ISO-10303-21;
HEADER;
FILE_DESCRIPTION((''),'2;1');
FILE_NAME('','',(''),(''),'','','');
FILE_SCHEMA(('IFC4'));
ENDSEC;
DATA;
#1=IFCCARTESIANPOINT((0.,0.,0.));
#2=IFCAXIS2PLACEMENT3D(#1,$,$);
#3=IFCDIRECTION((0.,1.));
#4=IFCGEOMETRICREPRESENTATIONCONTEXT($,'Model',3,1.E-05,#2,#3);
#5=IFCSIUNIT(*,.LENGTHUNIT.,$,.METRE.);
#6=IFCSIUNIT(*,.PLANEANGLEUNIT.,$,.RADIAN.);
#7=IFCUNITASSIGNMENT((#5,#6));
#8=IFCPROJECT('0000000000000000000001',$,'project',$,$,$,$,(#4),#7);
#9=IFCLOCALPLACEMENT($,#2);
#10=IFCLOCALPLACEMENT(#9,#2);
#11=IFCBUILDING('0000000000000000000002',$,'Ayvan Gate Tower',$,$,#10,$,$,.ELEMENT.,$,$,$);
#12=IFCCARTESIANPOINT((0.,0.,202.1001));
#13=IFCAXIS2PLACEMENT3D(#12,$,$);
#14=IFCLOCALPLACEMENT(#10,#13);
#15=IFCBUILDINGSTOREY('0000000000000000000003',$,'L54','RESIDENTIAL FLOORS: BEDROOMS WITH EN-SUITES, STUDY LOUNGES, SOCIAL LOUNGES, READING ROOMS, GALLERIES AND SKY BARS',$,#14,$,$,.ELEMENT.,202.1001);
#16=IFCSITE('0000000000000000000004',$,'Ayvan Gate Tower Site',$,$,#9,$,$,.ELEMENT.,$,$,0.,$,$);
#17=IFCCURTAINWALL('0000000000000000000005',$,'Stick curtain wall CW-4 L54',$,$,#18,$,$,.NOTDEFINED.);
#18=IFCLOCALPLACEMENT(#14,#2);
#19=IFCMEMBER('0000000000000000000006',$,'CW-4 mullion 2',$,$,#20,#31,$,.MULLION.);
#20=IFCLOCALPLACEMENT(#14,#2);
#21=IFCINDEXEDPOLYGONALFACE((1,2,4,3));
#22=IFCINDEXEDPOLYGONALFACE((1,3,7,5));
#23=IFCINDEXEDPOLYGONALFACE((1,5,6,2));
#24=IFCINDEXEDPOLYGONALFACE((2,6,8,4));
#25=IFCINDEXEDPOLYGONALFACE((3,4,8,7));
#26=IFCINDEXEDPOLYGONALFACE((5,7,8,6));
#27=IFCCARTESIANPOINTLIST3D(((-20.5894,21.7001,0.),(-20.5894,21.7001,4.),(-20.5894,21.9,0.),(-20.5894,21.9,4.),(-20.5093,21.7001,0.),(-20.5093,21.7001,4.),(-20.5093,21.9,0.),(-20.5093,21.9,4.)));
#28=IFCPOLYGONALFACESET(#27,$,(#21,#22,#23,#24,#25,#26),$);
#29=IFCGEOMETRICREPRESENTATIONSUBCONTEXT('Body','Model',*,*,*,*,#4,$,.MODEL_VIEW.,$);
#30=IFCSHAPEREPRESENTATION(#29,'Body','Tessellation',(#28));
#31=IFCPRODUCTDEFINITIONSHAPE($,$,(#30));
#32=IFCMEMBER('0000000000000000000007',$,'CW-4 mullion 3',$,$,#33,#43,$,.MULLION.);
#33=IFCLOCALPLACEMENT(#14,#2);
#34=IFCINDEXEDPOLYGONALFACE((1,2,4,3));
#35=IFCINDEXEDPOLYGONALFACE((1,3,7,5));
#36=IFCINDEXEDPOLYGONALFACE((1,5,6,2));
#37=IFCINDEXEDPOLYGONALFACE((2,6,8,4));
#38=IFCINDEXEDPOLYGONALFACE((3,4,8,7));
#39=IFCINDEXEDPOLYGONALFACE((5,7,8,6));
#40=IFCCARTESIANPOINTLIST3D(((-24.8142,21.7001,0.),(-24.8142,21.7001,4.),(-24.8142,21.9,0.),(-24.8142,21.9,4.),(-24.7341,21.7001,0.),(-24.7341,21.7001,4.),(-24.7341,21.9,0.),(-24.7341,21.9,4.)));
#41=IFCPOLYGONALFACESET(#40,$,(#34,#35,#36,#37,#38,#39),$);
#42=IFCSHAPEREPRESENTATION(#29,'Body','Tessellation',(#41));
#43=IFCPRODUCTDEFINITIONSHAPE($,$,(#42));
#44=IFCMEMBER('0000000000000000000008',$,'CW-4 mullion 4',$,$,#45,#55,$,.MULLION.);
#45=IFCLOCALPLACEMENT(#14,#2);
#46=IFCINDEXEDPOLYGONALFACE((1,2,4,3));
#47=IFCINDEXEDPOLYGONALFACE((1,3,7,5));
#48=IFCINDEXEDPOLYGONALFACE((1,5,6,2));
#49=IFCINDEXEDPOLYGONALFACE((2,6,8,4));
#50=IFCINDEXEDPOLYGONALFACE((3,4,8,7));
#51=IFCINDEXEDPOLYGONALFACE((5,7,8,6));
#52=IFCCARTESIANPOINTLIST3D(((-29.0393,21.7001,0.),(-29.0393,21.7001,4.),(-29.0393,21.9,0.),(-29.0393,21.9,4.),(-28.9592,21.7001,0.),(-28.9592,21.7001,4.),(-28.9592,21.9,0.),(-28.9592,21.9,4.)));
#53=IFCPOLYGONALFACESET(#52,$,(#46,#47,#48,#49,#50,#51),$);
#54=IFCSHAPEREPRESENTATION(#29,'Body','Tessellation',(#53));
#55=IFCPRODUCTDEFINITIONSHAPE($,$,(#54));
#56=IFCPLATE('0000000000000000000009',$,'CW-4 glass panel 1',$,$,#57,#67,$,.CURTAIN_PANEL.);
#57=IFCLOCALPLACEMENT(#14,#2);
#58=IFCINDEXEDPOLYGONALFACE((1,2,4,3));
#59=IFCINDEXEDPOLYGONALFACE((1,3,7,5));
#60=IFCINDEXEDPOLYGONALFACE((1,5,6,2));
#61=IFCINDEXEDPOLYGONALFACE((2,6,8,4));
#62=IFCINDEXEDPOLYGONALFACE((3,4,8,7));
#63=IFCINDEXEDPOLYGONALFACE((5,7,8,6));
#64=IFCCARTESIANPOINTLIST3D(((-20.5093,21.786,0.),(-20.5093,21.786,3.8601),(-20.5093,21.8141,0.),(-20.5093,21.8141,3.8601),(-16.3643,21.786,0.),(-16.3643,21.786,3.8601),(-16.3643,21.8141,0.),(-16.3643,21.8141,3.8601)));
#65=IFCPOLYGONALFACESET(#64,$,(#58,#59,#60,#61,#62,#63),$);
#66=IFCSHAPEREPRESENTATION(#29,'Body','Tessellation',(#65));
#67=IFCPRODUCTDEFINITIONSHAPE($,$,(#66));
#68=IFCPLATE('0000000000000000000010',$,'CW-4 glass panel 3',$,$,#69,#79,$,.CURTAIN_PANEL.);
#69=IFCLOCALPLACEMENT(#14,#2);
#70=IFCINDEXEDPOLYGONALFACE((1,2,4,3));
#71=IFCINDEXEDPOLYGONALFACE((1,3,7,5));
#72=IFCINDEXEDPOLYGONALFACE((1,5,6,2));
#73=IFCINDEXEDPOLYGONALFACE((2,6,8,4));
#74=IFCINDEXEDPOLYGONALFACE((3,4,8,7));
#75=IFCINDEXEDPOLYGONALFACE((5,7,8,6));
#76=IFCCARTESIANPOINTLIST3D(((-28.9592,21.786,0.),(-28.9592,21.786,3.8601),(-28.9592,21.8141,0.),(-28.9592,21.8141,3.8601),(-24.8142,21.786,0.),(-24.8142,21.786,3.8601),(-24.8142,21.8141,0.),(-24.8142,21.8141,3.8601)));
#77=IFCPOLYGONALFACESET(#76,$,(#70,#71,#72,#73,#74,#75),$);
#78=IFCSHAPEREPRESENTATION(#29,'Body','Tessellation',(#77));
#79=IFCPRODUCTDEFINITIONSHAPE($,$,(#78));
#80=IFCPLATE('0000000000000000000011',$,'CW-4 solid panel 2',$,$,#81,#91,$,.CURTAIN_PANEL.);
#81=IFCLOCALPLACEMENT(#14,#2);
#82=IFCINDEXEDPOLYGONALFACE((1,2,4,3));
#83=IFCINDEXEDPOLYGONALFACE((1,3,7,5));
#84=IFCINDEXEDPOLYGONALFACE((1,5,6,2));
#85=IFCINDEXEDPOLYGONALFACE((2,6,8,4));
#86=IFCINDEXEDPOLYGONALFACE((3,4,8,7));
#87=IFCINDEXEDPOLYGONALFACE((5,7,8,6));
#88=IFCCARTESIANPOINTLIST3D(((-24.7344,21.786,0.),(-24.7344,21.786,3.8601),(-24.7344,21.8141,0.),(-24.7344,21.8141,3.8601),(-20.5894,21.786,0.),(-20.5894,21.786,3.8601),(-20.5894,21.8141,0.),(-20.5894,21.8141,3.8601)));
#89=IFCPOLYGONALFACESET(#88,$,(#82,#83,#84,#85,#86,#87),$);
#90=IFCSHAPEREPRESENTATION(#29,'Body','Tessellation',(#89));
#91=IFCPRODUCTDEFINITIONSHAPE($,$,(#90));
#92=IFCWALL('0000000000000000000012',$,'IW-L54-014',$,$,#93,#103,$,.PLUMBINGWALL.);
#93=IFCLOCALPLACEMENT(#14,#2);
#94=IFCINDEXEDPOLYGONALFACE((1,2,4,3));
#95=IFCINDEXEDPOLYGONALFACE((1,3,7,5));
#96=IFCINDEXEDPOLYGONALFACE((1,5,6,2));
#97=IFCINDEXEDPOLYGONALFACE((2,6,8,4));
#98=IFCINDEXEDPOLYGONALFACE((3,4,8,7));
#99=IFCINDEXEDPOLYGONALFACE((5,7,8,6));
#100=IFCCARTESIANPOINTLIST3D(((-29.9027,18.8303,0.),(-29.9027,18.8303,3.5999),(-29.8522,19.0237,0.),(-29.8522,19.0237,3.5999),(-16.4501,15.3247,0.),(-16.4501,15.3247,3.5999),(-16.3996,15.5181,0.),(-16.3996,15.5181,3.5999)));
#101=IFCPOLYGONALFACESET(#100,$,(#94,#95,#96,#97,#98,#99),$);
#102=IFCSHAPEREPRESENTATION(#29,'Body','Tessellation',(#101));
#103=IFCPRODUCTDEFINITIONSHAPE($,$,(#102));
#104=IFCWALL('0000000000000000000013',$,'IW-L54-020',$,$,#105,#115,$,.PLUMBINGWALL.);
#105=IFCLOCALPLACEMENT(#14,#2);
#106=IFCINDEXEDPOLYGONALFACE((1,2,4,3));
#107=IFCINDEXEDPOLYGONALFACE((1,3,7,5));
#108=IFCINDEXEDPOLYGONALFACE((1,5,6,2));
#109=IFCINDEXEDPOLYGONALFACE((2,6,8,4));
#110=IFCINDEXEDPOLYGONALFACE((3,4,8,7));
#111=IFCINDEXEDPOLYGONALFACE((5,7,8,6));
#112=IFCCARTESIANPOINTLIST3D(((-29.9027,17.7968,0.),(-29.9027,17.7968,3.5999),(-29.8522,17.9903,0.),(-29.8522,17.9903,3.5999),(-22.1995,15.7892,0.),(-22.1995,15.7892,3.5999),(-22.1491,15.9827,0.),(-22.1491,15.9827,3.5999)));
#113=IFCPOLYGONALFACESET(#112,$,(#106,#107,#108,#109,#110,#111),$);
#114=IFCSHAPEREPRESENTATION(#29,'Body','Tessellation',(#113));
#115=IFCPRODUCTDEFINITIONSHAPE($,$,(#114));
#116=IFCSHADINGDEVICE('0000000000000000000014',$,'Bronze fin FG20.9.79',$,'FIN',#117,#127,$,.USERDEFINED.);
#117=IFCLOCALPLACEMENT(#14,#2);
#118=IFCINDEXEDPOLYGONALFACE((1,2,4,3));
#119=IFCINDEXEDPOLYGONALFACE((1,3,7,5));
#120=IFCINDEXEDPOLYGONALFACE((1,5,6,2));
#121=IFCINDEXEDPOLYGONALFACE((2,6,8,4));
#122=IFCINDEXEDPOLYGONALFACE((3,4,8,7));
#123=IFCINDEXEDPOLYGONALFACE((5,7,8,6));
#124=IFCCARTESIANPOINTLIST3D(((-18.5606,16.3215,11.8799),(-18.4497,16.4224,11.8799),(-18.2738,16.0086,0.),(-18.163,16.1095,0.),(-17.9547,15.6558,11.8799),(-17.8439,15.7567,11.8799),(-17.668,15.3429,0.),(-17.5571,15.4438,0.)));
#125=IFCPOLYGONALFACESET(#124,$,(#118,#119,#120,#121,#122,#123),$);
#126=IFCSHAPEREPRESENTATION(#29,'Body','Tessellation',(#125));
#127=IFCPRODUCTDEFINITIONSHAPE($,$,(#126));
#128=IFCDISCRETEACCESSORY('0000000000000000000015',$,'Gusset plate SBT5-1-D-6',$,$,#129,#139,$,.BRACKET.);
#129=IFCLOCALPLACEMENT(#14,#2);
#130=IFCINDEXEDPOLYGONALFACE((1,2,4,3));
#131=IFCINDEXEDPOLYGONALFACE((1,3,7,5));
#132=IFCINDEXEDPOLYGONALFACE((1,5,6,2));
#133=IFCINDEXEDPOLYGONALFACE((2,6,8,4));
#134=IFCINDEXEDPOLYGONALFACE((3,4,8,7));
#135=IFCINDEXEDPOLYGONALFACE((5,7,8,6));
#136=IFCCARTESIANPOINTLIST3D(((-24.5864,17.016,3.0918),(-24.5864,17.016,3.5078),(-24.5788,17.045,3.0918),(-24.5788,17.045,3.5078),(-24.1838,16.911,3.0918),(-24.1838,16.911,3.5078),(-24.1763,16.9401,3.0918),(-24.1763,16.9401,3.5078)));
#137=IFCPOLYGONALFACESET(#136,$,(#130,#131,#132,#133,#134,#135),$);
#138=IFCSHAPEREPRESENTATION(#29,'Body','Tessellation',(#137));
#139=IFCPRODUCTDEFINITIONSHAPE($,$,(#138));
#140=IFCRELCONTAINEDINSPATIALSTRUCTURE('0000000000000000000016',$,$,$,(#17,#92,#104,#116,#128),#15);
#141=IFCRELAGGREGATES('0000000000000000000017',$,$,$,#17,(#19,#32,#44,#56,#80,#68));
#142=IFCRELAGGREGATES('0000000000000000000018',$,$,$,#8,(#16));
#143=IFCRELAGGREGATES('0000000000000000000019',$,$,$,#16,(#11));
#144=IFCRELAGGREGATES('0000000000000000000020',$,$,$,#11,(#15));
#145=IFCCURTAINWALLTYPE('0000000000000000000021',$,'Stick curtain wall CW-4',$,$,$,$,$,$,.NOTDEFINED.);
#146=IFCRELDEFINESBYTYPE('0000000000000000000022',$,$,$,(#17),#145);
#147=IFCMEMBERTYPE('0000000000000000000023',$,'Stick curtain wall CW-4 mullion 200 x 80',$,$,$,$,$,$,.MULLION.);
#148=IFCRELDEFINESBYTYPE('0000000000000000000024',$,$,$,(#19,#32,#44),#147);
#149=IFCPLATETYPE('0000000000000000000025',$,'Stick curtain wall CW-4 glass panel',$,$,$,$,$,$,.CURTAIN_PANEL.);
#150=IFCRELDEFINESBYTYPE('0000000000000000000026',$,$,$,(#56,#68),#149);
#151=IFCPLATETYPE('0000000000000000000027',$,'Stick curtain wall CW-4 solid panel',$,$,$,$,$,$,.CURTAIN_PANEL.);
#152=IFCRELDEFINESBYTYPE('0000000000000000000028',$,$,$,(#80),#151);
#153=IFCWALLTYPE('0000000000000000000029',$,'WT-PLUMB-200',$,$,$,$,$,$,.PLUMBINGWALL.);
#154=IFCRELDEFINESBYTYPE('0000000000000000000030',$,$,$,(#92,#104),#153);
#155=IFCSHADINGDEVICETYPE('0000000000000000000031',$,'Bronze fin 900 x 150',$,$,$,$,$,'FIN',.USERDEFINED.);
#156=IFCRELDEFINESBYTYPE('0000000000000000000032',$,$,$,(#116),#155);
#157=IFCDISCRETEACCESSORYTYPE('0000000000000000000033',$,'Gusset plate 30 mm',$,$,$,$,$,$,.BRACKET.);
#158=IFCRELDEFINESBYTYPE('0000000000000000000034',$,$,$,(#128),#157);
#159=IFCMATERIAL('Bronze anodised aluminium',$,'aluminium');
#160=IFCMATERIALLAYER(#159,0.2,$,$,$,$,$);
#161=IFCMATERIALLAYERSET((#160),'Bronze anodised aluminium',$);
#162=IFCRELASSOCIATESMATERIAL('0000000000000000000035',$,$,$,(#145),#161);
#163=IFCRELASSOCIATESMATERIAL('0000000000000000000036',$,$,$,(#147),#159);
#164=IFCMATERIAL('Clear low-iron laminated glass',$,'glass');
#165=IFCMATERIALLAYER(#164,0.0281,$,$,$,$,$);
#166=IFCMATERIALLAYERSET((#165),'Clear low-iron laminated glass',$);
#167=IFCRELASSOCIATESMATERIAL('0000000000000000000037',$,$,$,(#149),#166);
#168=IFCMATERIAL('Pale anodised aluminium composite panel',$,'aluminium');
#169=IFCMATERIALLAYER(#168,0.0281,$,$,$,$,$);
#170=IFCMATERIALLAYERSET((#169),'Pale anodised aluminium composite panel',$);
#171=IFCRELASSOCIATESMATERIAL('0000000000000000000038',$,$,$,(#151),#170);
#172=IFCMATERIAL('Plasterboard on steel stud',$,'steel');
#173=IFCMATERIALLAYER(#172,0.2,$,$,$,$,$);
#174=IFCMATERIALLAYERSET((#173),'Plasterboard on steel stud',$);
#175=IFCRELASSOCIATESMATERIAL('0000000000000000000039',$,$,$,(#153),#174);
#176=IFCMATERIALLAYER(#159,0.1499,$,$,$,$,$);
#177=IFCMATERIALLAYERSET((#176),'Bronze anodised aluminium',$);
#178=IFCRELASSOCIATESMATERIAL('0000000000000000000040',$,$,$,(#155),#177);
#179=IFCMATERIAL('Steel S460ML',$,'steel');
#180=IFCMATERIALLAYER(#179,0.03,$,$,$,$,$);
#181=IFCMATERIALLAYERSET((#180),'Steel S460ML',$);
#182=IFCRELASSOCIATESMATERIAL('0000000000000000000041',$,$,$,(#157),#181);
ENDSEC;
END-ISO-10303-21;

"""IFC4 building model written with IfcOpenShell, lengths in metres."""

from ifc_helpers import new_model, si_unit, direction, frame, frame_2d, origin, origin_2d, place, context, subcontext, project, spatial, polyline, rectangle, outline, extrude, material, layer, layer_set, material_profile, profile_set, type_object, element, aggregate, save


model = new_model("IFC4")

# Units and contexts
model_context = context("Model", 3, precision=1e-05, world=origin(), true_north=direction((0.0, 1.0)))
body_context = subcontext(model_context, "Body", "Model", "MODEL_VIEW")
ifc_project = project(units=[si_unit("LENGTHUNIT", "METRE"), si_unit("PLANEANGLEUNIT", "RADIAN")], contexts=[model_context])

# Site, building, storey
site_placement = place(None, origin())
site = spatial("IfcSite", under=ifc_project, at=site_placement, Name="Ayvan Gate Tower Site", CompositionType="ELEMENT", RefElevation=0.0)
building_placement = place(site_placement, origin())
building = spatial("IfcBuilding", under=site, at=building_placement, Name="Ayvan Gate Tower", CompositionType="ELEMENT")
storey_placement = place(building_placement, frame((0.0, 0.0, 202.1001)))
storey = spatial("IfcBuildingStorey", under=building, at=storey_placement, Name="L54", Description="RESIDENTIAL FLOORS: BEDROOMS WITH EN-SUITES, STUDY LOUNGES, SOCIAL LOUNGES, READING ROOMS, GALLERIES AND SKY BARS", CompositionType="ELEMENT", Elevation=202.1001)

# Curtain wall, members, plates
ifc_material_1 = material(Name="Bronze anodised aluminium", Category="aluminium")
ifc_layer_1 = layer(ifc_material_1, 0.2)
ifc_layer_set_1 = layer_set([ifc_layer_1], Name="Bronze anodised aluminium")
curtain_wall_type = type_object("IfcCurtainWallType", Name="Stick curtain wall CW-4", PredefinedType="NOTDEFINED", material=ifc_layer_set_1)
curtain_wall_placement = place(storey_placement, origin())
curtain_wall = element("IfcCurtainWall", 1, at=curtain_wall_placement, inside=storey, type_object=curtain_wall_type, Name="Stick curtain wall CW-4 L54", PredefinedType="NOTDEFINED")
ifc_material_profile_1 = material_profile(ifc_material_1, rectangle(XDim=0.2, YDim=0.0801, at=origin_2d()), Name="Stick curtain wall CW-4 mullion 200 x 80")
ifc_profile_set_1 = profile_set([ifc_material_profile_1], Name="Bronze anodised aluminium")
member_type_1 = type_object("IfcMemberType", Name="Stick curtain wall CW-4 mullion 200 x 80", PredefinedType="MULLION", material=ifc_profile_set_1)
member_1_placement = place(storey_placement, frame((-20.5493, 21.8, 0.0), z_axis=(0.0, 0.0, 1.0), x_axis=(0.0, 1.0, 0.0)))
member_1 = element("IfcMember", 2, at=member_1_placement, type_object=member_type_1, Name="CW-4 mullion 2", PredefinedType="MULLION", context=body_context, shape_type="SweptSolid", body=[
    extrude(rectangle(XDim=0.2, YDim=0.0801, at=origin_2d()), origin(), (0.0, 0.0, 1.0), 4.0),
])
member_2_placement = place(storey_placement, frame((-24.7742, 21.8, 0.0), z_axis=(0.0, 0.0, 1.0), x_axis=(0.0, 1.0, 0.0)))
member_2 = element("IfcMember", 3, at=member_2_placement, type_object=member_type_1, Name="CW-4 mullion 3", PredefinedType="MULLION", context=body_context, shape_type="SweptSolid", body=[
    extrude(rectangle(XDim=0.2, YDim=0.0801, at=origin_2d()), origin(), (0.0, 0.0, 1.0), 4.0),
])
member_3_placement = place(storey_placement, frame((-28.9993, 21.8, 0.0), z_axis=(0.0, 0.0, 1.0), x_axis=(0.0, 1.0, 0.0)))
member_3 = element("IfcMember", 4, at=member_3_placement, type_object=member_type_1, Name="CW-4 mullion 4", PredefinedType="MULLION", context=body_context, shape_type="SweptSolid", body=[
    extrude(rectangle(XDim=0.2, YDim=0.0801, at=origin_2d()), origin(), (0.0, 0.0, 1.0), 4.0),
])
ifc_material_2 = material(Name="Clear low-iron laminated glass", Category="glass")
ifc_layer_2 = layer(ifc_material_2, 0.0281)
ifc_layer_set_2 = layer_set([ifc_layer_2], Name="Clear low-iron laminated glass")
plate_type_1 = type_object("IfcPlateType", Name="Stick curtain wall CW-4 glass panel", PredefinedType="CURTAIN_PANEL", material=ifc_layer_set_2)
plate_1_placement = place(storey_placement, frame((-18.4368, 21.8, 0.0), z_axis=(0.0, 0.0, 1.0), x_axis=(-1.0, 0.0, 0.0)))
plate_1 = element("IfcPlate", 5, at=plate_1_placement, type_object=plate_type_1, Name="CW-4 glass panel 1", PredefinedType="CURTAIN_PANEL", context=body_context, shape_type="SweptSolid", body=[
    extrude(rectangle(XDim=4.145, YDim=0.0281, at=origin_2d()), origin(), (0.0, 0.0, 1.0), 3.8601),
])
plate_2_placement = place(storey_placement, frame((-26.8867, 21.8, 0.0), z_axis=(0.0, 0.0, 1.0), x_axis=(-1.0, 0.0, 0.0)))
plate_2 = element("IfcPlate", 6, at=plate_2_placement, type_object=plate_type_1, Name="CW-4 glass panel 3", PredefinedType="CURTAIN_PANEL", context=body_context, shape_type="SweptSolid", body=[
    extrude(rectangle(XDim=4.145, YDim=0.0281, at=origin_2d()), origin(), (0.0, 0.0, 1.0), 3.8601),
])
ifc_material_3 = material(Name="Pale anodised aluminium composite panel", Category="aluminium")
ifc_layer_3 = layer(ifc_material_3, 0.0281)
ifc_layer_set_3 = layer_set([ifc_layer_3], Name="Pale anodised aluminium composite panel")
plate_type_2 = type_object("IfcPlateType", Name="Stick curtain wall CW-4 solid panel", PredefinedType="CURTAIN_PANEL", material=ifc_layer_set_3)
plate_3_placement = place(storey_placement, frame((-22.6619, 21.8, 0.0), z_axis=(0.0, 0.0, 1.0), x_axis=(-1.0, 0.0, 0.0)))
plate_3 = element("IfcPlate", 7, at=plate_3_placement, type_object=plate_type_2, Name="CW-4 solid panel 2", PredefinedType="CURTAIN_PANEL", context=body_context, shape_type="SweptSolid", body=[
    extrude(rectangle(XDim=4.145, YDim=0.0281, at=origin_2d()), origin(), (0.0, 0.0, 1.0), 3.8601),
])
aggregate(curtain_wall, [member_1, member_2, member_3, plate_1, plate_3, plate_2])

# Walls
ifc_material_4 = material(Name="Plasterboard on steel stud", Category="steel")
ifc_layer_4 = layer(ifc_material_4, 0.2)
ifc_layer_set_4 = layer_set([ifc_layer_4], Name="Plasterboard on steel stud")
wall_type = type_object("IfcWallType", Name="WT-PLUMB-200", PredefinedType="PLUMBINGWALL", material=ifc_layer_set_4)
wall_1_placement = place(storey_placement, frame((-29.8774, 18.927, 0.0), z_axis=(0.0, 0.0, 1.0), x_axis=(0.967683, -0.252168, 0.0)))
element("IfcWall", 8, at=wall_1_placement, inside=storey, type_object=wall_type, Name="IW-L54-014", PredefinedType="PLUMBINGWALL", context=body_context, shape_type="SweptSolid", body=[
    extrude(rectangle(XDim=13.9019, YDim=0.2, at=frame_2d((6.9509, 0.0))), origin(), (0.0, 0.0, 1.0), 3.5999),
])
wall_2_placement = place(storey_placement, frame((-22.1743, 15.886, 0.0), z_axis=(0.0, 0.0, 1.0), x_axis=(-0.967677, 0.252193, 0.0)))
element("IfcWall", 9, at=wall_2_placement, inside=storey, type_object=wall_type, Name="IW-L54-020", PredefinedType="PLUMBINGWALL", context=body_context, shape_type="SweptSolid", body=[
    extrude(rectangle(XDim=7.9604, YDim=0.2, at=frame_2d((3.9802, 0.0))), origin(), (0.0, 0.0, 1.0), 3.5999),
])

# Shading device
ifc_layer_5 = layer(ifc_material_1, 0.1499)
ifc_layer_set_5 = layer_set([ifc_layer_5], Name="Bronze anodised aluminium")
shading_device_type = type_object("IfcShadingDeviceType", Name="Bronze fin 900 x 150", ElementType="FIN", PredefinedType="USERDEFINED", material=ifc_layer_set_5)
shading_device_placement = place(storey_placement, frame((-17.5571, 15.4438, 0.0), z_axis=(0.739553, 0.673098, 0.000124), x_axis=(-0.673098, 0.739553, 0.0)))
element("IfcShadingDevice", 10, at=shading_device_placement, inside=storey, type_object=shading_device_type, Name="Bronze fin FG20.9.79", ObjectType="FIN", PredefinedType="USERDEFINED", context=body_context, shape_type="SweptSolid", body=[
    extrude(outline(polyline([(0.0, 0.0), (0.9001, 0.0), (1.3245, 11.8799), (0.4244, 11.8799), (0.0, 0.0)])), origin(), (0.0, 0.0, -1.0), 0.1499),
])

# Discrete accessory
ifc_material_5 = material(Name="Steel S460ML", Category="steel")
ifc_layer_6 = layer(ifc_material_5, 0.03)
ifc_layer_set_6 = layer_set([ifc_layer_6], Name="Steel S460ML")
discrete_accessory_type = type_object("IfcDiscreteAccessoryType", Name="Gusset plate 30 mm", PredefinedType="BRACKET", material=ifc_layer_set_6)
discrete_accessory_placement = place(storey_placement, frame((-24.3813, 16.978, 3.0918), z_axis=(0.0, 0.0, 1.0), x_axis=(-0.967682, 0.252172, 0.0)))
element("IfcDiscreteAccessory", 11, at=discrete_accessory_placement, inside=storey, type_object=discrete_accessory_type, Name="Gusset plate SBT5-1-D-6", PredefinedType="BRACKET", context=body_context, shape_type="SweptSolid", body=[
    extrude(rectangle(XDim=0.416, YDim=0.03, at=origin_2d()), origin(), (0.0, 0.0, 1.0), 0.416),
])

save(model, "model.ifc")
